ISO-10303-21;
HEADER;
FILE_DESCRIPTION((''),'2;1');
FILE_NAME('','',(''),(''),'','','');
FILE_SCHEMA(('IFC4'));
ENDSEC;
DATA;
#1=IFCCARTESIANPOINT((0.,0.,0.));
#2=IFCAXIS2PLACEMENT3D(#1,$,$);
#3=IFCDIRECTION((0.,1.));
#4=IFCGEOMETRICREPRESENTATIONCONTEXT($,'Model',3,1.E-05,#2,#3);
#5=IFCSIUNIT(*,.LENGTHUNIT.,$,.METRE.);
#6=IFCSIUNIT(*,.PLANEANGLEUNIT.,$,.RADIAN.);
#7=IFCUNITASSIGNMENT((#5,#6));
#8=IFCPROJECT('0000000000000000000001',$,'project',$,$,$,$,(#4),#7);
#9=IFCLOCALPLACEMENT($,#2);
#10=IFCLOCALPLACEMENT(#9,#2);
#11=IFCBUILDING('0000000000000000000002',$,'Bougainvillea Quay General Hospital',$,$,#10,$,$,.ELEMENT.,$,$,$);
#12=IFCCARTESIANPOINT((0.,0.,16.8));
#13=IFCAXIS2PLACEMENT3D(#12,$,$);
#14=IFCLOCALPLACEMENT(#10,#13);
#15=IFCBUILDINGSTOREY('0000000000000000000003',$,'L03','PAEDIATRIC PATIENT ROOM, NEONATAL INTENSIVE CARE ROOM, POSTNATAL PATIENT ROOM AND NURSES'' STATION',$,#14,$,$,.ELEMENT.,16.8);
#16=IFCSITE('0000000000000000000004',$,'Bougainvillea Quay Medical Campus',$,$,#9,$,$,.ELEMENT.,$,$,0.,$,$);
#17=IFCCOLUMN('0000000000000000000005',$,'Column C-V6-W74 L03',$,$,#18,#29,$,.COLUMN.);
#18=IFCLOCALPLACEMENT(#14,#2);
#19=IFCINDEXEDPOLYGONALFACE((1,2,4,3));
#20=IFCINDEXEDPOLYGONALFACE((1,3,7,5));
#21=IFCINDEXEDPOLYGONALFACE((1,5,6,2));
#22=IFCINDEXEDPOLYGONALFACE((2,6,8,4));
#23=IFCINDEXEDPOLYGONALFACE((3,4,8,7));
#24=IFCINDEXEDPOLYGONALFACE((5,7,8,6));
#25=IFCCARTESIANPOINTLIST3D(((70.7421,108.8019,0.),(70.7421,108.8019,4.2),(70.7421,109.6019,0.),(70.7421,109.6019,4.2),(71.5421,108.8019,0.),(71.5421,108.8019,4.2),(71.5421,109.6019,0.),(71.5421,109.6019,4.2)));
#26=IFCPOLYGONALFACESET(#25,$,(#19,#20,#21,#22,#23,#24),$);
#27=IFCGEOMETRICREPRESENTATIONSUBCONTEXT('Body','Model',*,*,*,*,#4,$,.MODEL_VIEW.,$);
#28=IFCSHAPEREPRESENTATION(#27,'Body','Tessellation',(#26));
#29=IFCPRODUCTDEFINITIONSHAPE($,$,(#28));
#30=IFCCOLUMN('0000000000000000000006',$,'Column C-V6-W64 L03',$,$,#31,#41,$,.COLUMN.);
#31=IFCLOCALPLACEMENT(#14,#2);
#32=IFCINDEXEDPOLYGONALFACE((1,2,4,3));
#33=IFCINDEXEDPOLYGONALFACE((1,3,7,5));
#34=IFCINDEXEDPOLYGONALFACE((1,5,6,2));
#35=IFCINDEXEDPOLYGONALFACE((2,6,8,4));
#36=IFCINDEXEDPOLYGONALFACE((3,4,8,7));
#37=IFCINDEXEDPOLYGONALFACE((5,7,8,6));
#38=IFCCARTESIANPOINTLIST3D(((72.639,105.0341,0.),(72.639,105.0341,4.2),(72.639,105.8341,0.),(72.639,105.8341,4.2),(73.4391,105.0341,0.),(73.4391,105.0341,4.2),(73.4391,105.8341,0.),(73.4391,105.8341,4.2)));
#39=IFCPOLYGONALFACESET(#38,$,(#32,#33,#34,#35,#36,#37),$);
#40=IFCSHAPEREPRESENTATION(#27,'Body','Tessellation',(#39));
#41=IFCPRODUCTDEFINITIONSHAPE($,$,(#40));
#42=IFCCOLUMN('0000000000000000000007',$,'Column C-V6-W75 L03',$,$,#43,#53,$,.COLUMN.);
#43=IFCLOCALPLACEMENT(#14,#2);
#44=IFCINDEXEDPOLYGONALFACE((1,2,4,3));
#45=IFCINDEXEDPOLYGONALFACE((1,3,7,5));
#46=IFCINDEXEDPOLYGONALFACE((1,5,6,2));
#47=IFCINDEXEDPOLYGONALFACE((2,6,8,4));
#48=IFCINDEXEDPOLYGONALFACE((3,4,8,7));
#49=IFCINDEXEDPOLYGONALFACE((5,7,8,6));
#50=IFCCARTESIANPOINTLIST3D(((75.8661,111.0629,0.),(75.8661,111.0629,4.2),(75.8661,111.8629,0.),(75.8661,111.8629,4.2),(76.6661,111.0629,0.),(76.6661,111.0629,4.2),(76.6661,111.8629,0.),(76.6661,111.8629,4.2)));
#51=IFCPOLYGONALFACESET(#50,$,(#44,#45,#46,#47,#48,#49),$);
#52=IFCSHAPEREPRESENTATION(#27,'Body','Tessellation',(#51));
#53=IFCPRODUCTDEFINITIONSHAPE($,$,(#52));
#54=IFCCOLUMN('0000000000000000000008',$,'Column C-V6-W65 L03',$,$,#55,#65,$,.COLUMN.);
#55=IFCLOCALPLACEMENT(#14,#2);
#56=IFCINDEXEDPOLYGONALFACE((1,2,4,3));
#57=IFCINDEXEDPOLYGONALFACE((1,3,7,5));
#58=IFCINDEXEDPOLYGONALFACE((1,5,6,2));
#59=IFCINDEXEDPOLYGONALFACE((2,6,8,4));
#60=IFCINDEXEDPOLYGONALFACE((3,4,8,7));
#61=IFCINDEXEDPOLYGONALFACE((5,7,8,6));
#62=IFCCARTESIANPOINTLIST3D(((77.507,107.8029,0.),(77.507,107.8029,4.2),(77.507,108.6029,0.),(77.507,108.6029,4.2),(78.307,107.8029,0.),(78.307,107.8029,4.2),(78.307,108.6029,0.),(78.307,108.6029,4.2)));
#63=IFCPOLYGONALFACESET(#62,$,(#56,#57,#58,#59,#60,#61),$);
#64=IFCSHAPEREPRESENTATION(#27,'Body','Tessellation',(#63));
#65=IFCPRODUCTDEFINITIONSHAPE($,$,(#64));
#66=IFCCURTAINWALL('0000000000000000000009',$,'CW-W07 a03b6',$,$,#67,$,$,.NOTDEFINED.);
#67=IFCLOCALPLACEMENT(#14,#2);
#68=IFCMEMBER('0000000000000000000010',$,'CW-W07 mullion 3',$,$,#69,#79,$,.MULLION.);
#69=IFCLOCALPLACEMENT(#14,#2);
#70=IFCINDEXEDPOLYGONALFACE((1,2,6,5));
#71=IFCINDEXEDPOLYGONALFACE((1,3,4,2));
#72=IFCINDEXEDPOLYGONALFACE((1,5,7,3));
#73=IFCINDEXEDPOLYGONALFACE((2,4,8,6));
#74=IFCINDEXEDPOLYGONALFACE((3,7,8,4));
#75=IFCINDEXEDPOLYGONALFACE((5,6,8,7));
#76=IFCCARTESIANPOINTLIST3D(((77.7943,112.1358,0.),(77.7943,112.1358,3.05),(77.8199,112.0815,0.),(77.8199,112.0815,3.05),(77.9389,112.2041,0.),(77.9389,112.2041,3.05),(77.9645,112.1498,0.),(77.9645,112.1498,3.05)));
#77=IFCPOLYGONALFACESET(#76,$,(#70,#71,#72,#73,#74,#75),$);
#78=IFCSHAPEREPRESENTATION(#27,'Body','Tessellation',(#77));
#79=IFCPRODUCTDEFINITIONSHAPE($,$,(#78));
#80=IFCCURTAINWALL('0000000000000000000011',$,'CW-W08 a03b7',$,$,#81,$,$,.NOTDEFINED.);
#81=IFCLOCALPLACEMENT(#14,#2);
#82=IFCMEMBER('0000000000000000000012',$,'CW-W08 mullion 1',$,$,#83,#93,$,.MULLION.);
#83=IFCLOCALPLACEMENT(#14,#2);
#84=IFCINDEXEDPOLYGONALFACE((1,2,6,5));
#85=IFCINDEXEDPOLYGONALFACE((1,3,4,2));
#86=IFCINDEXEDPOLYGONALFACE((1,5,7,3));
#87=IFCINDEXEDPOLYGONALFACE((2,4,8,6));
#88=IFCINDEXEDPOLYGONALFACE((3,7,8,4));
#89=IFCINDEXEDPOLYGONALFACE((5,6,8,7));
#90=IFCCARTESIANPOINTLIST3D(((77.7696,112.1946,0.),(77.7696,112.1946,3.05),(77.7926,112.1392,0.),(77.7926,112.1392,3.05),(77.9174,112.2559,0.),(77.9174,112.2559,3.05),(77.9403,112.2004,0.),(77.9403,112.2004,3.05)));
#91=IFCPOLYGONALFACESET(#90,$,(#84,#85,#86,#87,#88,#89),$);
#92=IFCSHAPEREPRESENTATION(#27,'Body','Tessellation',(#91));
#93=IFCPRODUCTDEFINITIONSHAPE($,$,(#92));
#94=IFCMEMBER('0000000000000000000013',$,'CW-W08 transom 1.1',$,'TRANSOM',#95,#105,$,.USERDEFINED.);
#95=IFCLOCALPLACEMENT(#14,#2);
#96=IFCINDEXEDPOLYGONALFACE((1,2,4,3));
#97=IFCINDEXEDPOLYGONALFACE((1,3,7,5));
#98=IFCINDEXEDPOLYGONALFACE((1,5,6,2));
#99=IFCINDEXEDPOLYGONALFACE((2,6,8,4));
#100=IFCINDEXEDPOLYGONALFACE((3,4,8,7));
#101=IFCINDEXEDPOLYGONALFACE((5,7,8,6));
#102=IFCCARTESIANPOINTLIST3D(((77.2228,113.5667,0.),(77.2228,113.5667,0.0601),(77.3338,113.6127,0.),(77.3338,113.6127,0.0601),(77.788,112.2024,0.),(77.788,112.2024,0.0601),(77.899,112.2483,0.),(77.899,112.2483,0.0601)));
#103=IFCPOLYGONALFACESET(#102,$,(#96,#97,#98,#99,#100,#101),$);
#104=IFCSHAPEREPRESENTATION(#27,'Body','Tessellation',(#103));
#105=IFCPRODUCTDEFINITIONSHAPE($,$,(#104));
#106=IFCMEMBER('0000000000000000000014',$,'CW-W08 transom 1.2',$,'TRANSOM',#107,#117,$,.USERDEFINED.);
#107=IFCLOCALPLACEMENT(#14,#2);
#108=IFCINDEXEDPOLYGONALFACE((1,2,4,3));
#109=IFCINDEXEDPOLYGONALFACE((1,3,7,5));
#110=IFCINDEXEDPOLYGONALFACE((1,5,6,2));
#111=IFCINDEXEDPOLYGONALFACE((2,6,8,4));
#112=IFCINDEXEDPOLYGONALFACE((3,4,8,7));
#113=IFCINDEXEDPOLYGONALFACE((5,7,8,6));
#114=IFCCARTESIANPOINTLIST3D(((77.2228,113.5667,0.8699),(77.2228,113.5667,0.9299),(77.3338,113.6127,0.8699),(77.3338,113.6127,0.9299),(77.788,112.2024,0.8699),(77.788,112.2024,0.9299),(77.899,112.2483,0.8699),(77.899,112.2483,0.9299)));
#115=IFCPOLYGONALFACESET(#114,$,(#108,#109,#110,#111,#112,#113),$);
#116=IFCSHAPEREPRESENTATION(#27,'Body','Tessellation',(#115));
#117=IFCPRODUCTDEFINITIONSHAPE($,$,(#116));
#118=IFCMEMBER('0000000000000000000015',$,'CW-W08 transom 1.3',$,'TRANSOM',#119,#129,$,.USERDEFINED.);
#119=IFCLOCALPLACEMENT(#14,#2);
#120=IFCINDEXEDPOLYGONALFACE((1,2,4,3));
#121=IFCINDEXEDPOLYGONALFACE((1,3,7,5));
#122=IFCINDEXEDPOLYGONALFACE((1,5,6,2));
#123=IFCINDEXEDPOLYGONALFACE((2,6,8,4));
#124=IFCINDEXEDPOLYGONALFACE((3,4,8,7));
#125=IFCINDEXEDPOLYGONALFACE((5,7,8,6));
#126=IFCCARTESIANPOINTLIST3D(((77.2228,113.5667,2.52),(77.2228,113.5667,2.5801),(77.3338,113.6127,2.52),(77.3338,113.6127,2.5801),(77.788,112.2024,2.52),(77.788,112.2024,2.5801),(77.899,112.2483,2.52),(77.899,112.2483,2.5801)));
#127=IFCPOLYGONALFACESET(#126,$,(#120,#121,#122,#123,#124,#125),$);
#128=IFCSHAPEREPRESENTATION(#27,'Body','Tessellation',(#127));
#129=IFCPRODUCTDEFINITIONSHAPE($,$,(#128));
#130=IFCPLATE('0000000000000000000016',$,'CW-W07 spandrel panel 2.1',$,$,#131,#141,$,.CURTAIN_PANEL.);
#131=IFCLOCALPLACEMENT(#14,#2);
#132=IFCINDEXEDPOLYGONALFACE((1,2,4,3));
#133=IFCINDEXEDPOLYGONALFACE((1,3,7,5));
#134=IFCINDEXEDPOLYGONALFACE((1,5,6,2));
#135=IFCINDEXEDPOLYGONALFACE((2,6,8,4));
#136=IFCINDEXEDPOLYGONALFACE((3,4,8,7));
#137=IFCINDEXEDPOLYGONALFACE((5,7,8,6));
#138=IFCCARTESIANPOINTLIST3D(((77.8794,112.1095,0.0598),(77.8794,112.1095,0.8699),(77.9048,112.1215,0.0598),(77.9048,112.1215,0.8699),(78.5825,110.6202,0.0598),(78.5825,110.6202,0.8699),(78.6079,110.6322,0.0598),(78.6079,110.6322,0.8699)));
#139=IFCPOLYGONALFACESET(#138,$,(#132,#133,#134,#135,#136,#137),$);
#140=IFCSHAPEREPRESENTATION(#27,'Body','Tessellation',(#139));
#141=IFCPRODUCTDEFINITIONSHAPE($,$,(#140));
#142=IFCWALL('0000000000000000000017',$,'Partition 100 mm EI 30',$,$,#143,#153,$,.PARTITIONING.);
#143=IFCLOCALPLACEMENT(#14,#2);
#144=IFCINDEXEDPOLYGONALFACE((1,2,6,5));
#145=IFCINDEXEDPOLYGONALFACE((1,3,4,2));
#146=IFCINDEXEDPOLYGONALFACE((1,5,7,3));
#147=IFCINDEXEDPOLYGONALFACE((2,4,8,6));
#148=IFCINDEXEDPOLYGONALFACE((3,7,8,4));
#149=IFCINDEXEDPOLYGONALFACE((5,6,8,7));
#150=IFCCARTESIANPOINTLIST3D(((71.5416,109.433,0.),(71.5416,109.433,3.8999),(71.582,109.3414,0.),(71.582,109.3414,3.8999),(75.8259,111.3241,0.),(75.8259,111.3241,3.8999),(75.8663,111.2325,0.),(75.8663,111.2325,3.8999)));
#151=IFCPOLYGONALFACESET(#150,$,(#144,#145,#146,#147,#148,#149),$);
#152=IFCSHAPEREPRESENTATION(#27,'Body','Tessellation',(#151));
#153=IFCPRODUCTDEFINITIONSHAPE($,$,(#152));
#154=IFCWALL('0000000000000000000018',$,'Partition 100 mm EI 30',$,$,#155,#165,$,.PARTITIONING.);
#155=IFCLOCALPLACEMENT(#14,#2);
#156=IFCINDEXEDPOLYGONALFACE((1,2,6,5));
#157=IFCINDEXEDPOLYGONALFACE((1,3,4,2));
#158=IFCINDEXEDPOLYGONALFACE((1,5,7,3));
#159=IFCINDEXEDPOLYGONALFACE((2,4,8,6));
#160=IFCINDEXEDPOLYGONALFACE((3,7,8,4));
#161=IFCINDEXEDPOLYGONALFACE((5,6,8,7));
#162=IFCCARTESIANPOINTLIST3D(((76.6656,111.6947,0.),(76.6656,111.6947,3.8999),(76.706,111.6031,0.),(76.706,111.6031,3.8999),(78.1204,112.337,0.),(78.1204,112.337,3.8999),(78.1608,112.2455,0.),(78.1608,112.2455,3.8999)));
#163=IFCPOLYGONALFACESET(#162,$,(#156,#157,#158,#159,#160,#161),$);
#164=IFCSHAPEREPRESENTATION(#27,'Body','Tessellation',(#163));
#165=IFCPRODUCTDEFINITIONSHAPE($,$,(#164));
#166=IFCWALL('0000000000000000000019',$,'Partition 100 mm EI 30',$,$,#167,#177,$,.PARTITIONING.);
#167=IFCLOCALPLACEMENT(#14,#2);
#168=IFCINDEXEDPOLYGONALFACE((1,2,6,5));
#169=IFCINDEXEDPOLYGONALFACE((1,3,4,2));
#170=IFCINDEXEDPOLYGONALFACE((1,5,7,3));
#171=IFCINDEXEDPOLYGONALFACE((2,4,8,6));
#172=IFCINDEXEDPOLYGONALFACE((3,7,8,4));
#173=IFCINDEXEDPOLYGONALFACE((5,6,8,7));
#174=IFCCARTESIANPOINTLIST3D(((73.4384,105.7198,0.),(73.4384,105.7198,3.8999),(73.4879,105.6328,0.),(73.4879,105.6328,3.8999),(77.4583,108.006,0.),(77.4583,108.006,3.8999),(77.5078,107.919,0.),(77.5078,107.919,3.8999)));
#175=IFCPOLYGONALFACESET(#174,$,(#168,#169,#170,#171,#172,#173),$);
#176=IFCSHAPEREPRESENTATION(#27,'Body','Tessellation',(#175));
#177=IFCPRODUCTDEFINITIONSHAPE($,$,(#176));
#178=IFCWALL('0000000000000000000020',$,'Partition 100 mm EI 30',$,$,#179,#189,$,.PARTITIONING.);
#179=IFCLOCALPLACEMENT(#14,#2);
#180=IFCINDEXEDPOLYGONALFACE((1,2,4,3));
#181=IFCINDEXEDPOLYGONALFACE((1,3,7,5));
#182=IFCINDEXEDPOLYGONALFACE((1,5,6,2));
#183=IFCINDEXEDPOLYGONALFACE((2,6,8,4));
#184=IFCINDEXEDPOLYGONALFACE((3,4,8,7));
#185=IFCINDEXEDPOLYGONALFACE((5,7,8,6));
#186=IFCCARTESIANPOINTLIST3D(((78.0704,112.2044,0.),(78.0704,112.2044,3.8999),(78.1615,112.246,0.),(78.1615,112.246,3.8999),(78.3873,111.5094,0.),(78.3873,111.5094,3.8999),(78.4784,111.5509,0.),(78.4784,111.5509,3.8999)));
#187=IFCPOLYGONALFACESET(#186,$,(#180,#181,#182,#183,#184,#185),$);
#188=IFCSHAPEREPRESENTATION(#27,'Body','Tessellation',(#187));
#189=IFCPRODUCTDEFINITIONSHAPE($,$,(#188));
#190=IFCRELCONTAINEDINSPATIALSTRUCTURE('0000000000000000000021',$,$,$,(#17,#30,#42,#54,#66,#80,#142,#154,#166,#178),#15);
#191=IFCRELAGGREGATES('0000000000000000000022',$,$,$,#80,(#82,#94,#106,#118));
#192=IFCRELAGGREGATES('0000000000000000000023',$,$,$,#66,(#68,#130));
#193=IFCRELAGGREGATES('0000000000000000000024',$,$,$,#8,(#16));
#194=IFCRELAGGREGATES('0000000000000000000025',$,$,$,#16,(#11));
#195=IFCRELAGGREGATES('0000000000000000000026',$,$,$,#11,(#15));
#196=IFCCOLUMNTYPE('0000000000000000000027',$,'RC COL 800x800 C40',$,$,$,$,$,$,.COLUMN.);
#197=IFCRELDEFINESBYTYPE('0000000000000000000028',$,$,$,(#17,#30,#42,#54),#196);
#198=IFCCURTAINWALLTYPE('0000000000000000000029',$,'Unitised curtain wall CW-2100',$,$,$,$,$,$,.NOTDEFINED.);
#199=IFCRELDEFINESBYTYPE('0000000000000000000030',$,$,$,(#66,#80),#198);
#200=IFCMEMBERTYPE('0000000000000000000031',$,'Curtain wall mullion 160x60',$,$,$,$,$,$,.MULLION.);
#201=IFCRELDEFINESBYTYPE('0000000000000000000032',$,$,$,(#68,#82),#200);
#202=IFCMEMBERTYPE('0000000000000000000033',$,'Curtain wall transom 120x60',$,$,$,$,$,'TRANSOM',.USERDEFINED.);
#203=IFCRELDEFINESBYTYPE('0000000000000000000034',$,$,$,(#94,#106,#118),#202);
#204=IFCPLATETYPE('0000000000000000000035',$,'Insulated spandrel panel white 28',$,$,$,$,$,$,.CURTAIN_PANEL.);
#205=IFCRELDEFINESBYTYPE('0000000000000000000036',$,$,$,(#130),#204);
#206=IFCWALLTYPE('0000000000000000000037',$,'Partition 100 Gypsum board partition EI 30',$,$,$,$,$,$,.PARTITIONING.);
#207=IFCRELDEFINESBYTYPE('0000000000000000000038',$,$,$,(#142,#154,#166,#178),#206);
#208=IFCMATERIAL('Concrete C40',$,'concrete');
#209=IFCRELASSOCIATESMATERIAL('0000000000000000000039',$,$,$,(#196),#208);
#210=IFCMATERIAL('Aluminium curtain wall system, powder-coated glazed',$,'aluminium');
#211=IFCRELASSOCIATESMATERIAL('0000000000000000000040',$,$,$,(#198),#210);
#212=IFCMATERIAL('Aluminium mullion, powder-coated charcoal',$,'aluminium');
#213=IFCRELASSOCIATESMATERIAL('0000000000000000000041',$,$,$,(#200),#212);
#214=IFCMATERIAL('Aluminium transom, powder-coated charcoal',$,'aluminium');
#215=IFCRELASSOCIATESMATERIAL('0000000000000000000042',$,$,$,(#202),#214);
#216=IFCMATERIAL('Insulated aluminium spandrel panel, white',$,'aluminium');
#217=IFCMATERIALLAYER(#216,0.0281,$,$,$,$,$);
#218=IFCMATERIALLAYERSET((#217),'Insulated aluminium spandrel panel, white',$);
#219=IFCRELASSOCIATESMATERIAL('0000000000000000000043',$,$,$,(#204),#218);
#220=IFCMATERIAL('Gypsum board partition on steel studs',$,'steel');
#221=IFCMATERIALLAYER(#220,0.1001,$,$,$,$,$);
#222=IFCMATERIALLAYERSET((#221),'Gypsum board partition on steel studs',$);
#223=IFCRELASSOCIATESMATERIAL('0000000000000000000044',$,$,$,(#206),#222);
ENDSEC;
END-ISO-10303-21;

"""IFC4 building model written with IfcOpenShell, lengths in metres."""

from ifc_helpers import new_model, si_unit, direction, frame, frame_2d, origin, origin_2d, place, context, subcontext, project, spatial, rectangle, extrude, material, layer, layer_set, material_profile, profile_set, type_object, element, aggregate, save


model = new_model("IFC4")

# Units and contexts
model_context = context("Model", 3, precision=1e-05, world=origin(), true_north=direction((0.0, 1.0)))
body_context = subcontext(model_context, "Body", "Model", "MODEL_VIEW")
ifc_project = project(units=[si_unit("LENGTHUNIT", "METRE"), si_unit("PLANEANGLEUNIT", "RADIAN")], contexts=[model_context])

# Site, building, storey
site_placement = place(None, origin())
site = spatial("IfcSite", under=ifc_project, at=site_placement, Name="Bougainvillea Quay Medical Campus", CompositionType="ELEMENT", RefElevation=0.0)
building_placement = place(site_placement, origin())
building = spatial("IfcBuilding", under=site, at=building_placement, Name="Bougainvillea Quay General Hospital", CompositionType="ELEMENT")
storey_placement = place(building_placement, frame((0.0, 0.0, 16.8)))
storey = spatial("IfcBuildingStorey", under=building, at=storey_placement, Name="L03", Description="PAEDIATRIC PATIENT ROOM, NEONATAL INTENSIVE CARE ROOM, POSTNATAL PATIENT ROOM AND NURSES' STATION", CompositionType="ELEMENT", Elevation=16.8)

# Columns
ifc_material_1 = material(Name="Concrete C40", Category="concrete")
ifc_material_profile_1 = material_profile(ifc_material_1, rectangle(XDim=0.8, YDim=0.8, at=origin_2d()))
ifc_profile_set_1 = profile_set([ifc_material_profile_1], Name="Concrete C40")
column_type = type_object("IfcColumnType", Name="RC COL 800x800 C40", PredefinedType="COLUMN", material=ifc_profile_set_1)
for number, where, z_axis, x_axis, name in (
    (1, (71.1421, 109.2019, 0.0), (0.0, 0.0, 1.0), (1.0, 0.0, 0.0), "Column C-V6-W74 L03"),
    (2, (73.0391, 105.4341, 0.0), (0.0, 0.0, 1.0), (1.0, 0.0, 0.0), "Column C-V6-W64 L03"),
    (3, (76.2661, 111.4629, 0.0), (0.0, 0.0, 1.0), (1.0, 0.0, 0.0), "Column C-V6-W75 L03"),
    (4, (77.907, 108.2029, 0.0), (0.0, 0.0, 1.0), (1.0, 0.0, 0.0), "Column C-V6-W65 L03"),
):
    element("IfcColumn", number, at=place(storey_placement, frame(where, z_axis=z_axis, x_axis=x_axis)), inside=storey, type_object=column_type, Name=name, PredefinedType="COLUMN", context=body_context, shape_type="SweptSolid", body=[
        extrude(rectangle(XDim=0.8, YDim=0.8, at=origin_2d()), origin(), (0.0, 0.0, 1.0), 4.2),
    ])

# Curtain wall, member
ifc_material_2 = material(Name="Aluminium curtain wall system, powder-coated glazed", Category="aluminium")
curtain_wall_type = type_object("IfcCurtainWallType", Name="Unitised curtain wall CW-2100", PredefinedType="NOTDEFINED", material=ifc_material_2)
curtain_wall_1_placement = place(storey_placement, origin())
curtain_wall_1 = element("IfcCurtainWall", 5, at=curtain_wall_1_placement, inside=storey, type_object=curtain_wall_type, Name="CW-W07 a03b6", PredefinedType="NOTDEFINED")
ifc_material_3 = material(Name="Aluminium mullion, powder-coated charcoal", Category="aluminium")
ifc_material_profile_2 = material_profile(ifc_material_3, rectangle(XDim=0.1599, YDim=0.0601, at=origin_2d()))
ifc_profile_set_2 = profile_set([ifc_material_profile_2], Name="Aluminium mullion, powder-coated charcoal")
member_type_1 = type_object("IfcMemberType", Name="Curtain wall mullion 160x60", PredefinedType="MULLION", material=ifc_profile_set_2)
member_1_placement = place(storey_placement, frame((77.8794, 112.1428, 0.0), z_axis=(0.0, 0.0, 1.0), x_axis=(-0.904314, -0.426869, 0.0)))
member_1 = element("IfcMember", 6, at=member_1_placement, type_object=member_type_1, Name="CW-W07 mullion 3", PredefinedType="MULLION", context=body_context, shape_type="SweptSolid", body=[
    extrude(rectangle(XDim=0.1599, YDim=0.0601, at=origin_2d()), origin(), (0.0, 0.0, 1.0), 3.05),
])

# Curtain wall, members
curtain_wall_2_placement = place(storey_placement, origin())
curtain_wall_2 = element("IfcCurtainWall", 7, at=curtain_wall_2_placement, inside=storey, type_object=curtain_wall_type, Name="CW-W08 a03b7", PredefinedType="NOTDEFINED")
member_2_placement = place(storey_placement, frame((77.855, 112.1975, 0.0), z_axis=(0.0, 0.0, 1.0), x_axis=(-0.923843, -0.38277, 0.0)))
member_2 = element("IfcMember", 8, at=member_2_placement, type_object=member_type_1, Name="CW-W08 mullion 1", PredefinedType="MULLION", context=body_context, shape_type="SweptSolid", body=[
    extrude(rectangle(XDim=0.1599, YDim=0.0601, at=origin_2d()), origin(), (0.0, 0.0, 1.0), 3.05),
])
ifc_material_4 = material(Name="Aluminium transom, powder-coated charcoal", Category="aluminium")
ifc_material_profile_3 = material_profile(ifc_material_4, rectangle(XDim=0.1201, YDim=0.0601, at=origin_2d()))
ifc_profile_set_3 = profile_set([ifc_material_profile_3], Name="Aluminium transom, powder-coated charcoal")
member_type_2 = type_object("IfcMemberType", Name="Curtain wall transom 120x60", ElementType="TRANSOM", PredefinedType="USERDEFINED", material=ifc_profile_set_3)
member_3_placement = place(storey_placement, frame((77.8435, 112.2253, 0.03), z_axis=(-0.382736, 0.923858, 0.0), x_axis=(-0.923858, -0.382736, 0.0)))
member_3 = element("IfcMember", 9, at=member_3_placement, type_object=member_type_2, Name="CW-W08 transom 1.1", ObjectType="TRANSOM", PredefinedType="USERDEFINED", context=body_context, shape_type="SweptSolid", body=[
    extrude(rectangle(XDim=0.1201, YDim=0.0601, at=origin_2d()), origin(), (0.0, 0.0, 1.0), 1.4768),
])
member_4_placement = place(storey_placement, frame((77.8435, 112.2253, 0.8999), z_axis=(-0.382736, 0.923858, 0.0), x_axis=(-0.923858, -0.382736, 0.0)))
member_4 = element("IfcMember", 10, at=member_4_placement, type_object=member_type_2, Name="CW-W08 transom 1.2", ObjectType="TRANSOM", PredefinedType="USERDEFINED", context=body_context, shape_type="SweptSolid", body=[
    extrude(rectangle(XDim=0.1201, YDim=0.0601, at=origin_2d()), origin(), (0.0, 0.0, 1.0), 1.4768),
])
member_5_placement = place(storey_placement, frame((77.8435, 112.2253, 2.55), z_axis=(-0.382736, 0.923858, 0.0), x_axis=(-0.923858, -0.382736, 0.0)))
member_5 = element("IfcMember", 11, at=member_5_placement, type_object=member_type_2, Name="CW-W08 transom 1.3", ObjectType="TRANSOM", PredefinedType="USERDEFINED", context=body_context, shape_type="SweptSolid", body=[
    extrude(rectangle(XDim=0.1201, YDim=0.0601, at=origin_2d()), origin(), (0.0, 0.0, 1.0), 1.4768),
])
aggregate(curtain_wall_2, [member_2, member_3, member_4, member_5])

# Plate
ifc_material_5 = material(Name="Insulated aluminium spandrel panel, white", Category="aluminium")
ifc_layer_1 = layer(ifc_material_5, 0.0281)
ifc_layer_set_1 = layer_set([ifc_layer_1], Name="Insulated aluminium spandrel panel, white")
plate_type = type_object("IfcPlateType", Name="Insulated spandrel panel white 28", PredefinedType="CURTAIN_PANEL", material=ifc_layer_set_1)
plate_placement = place(storey_placement, frame((78.2437, 111.3708, 0.0598), z_axis=(0.0, 0.0, 1.0), x_axis=(-0.426869, 0.904314, 0.0)))
plate = element("IfcPlate", 12, at=plate_placement, type_object=plate_type, Name="CW-W07 spandrel panel 2.1", PredefinedType="CURTAIN_PANEL", context=body_context, shape_type="SweptSolid", body=[
    extrude(rectangle(XDim=1.647, YDim=0.0281, at=origin_2d()), origin(), (0.0, 0.0, 1.0), 0.8101),
])
aggregate(curtain_wall_1, [member_1, plate])

# Walls
ifc_material_6 = material(Name="Gypsum board partition on steel studs", Category="steel")
ifc_layer_2 = layer(ifc_material_6, 0.1001)
ifc_layer_set_2 = layer_set([ifc_layer_2], Name="Gypsum board partition on steel studs")
wall_type_1 = type_object("IfcWallType", Name="Partition 100 Gypsum board partition EI 30", PredefinedType="PARTITIONING", material=ifc_layer_set_2)
wall_1_placement = place(storey_placement, frame((71.5618, 109.3872, 0.0), z_axis=(0.0, 0.0, 1.0), x_axis=(0.914845, 0.403806, 0.0)))
element("IfcWall", 13, at=wall_1_placement, inside=storey, type_object=wall_type_1, Name="Partition 100 mm EI 30", PredefinedType="PARTITIONING", context=body_context, shape_type="SweptSolid", body=[
    extrude(rectangle(XDim=4.6831, YDim=0.1001, at=frame_2d((2.3416, 0.0))), origin(), (0.0, 0.0, 1.0), 3.8999),
])
wall_2_placement = place(storey_placement, frame((76.6858, 111.6489, 0.0), z_axis=(0.0, 0.0, 1.0), x_axis=(0.914803, 0.403901, 0.0)))
element("IfcWall", 14, at=wall_2_placement, inside=storey, type_object=wall_type_1, Name="Partition 100 mm EI 30", PredefinedType="PARTITIONING", context=body_context, shape_type="SweptSolid", body=[
    extrude(rectangle(XDim=1.5903, YDim=0.1001, at=frame_2d((0.7952, 0.0))), origin(), (0.0, 0.0, 1.0), 3.8999),
])
wall_3_placement = place(storey_placement, frame((73.4631, 105.6763, 0.0), z_axis=(0.0, 0.0, 1.0), x_axis=(0.869255, 0.494364, 0.0)))
element("IfcWall", 15, at=wall_3_placement, inside=storey, type_object=wall_type_1, Name="Partition 100 mm EI 30", PredefinedType="PARTITIONING", context=body_context, shape_type="SweptSolid", body=[
    extrude(rectangle(XDim=4.6245, YDim=0.1001, at=frame_2d((2.3123, 0.0))), origin(), (0.0, 0.0, 1.0), 3.8999),
])
wall_4_placement = place(storey_placement, frame((78.116, 112.2251, 0.0), z_axis=(0.0, 0.0, 1.0), x_axis=(0.414838, -0.909895, 0.0)))
element("IfcWall", 16, at=wall_4_placement, inside=storey, type_object=wall_type_1, Name="Partition 100 mm EI 30", PredefinedType="PARTITIONING", context=body_context, shape_type="SweptSolid", body=[
    extrude(rectangle(XDim=0.7639, YDim=0.1001, at=frame_2d((0.3818, 0.0))), origin(), (0.0, 0.0, 1.0), 3.8999),
])

save(model, "model.ifc")
